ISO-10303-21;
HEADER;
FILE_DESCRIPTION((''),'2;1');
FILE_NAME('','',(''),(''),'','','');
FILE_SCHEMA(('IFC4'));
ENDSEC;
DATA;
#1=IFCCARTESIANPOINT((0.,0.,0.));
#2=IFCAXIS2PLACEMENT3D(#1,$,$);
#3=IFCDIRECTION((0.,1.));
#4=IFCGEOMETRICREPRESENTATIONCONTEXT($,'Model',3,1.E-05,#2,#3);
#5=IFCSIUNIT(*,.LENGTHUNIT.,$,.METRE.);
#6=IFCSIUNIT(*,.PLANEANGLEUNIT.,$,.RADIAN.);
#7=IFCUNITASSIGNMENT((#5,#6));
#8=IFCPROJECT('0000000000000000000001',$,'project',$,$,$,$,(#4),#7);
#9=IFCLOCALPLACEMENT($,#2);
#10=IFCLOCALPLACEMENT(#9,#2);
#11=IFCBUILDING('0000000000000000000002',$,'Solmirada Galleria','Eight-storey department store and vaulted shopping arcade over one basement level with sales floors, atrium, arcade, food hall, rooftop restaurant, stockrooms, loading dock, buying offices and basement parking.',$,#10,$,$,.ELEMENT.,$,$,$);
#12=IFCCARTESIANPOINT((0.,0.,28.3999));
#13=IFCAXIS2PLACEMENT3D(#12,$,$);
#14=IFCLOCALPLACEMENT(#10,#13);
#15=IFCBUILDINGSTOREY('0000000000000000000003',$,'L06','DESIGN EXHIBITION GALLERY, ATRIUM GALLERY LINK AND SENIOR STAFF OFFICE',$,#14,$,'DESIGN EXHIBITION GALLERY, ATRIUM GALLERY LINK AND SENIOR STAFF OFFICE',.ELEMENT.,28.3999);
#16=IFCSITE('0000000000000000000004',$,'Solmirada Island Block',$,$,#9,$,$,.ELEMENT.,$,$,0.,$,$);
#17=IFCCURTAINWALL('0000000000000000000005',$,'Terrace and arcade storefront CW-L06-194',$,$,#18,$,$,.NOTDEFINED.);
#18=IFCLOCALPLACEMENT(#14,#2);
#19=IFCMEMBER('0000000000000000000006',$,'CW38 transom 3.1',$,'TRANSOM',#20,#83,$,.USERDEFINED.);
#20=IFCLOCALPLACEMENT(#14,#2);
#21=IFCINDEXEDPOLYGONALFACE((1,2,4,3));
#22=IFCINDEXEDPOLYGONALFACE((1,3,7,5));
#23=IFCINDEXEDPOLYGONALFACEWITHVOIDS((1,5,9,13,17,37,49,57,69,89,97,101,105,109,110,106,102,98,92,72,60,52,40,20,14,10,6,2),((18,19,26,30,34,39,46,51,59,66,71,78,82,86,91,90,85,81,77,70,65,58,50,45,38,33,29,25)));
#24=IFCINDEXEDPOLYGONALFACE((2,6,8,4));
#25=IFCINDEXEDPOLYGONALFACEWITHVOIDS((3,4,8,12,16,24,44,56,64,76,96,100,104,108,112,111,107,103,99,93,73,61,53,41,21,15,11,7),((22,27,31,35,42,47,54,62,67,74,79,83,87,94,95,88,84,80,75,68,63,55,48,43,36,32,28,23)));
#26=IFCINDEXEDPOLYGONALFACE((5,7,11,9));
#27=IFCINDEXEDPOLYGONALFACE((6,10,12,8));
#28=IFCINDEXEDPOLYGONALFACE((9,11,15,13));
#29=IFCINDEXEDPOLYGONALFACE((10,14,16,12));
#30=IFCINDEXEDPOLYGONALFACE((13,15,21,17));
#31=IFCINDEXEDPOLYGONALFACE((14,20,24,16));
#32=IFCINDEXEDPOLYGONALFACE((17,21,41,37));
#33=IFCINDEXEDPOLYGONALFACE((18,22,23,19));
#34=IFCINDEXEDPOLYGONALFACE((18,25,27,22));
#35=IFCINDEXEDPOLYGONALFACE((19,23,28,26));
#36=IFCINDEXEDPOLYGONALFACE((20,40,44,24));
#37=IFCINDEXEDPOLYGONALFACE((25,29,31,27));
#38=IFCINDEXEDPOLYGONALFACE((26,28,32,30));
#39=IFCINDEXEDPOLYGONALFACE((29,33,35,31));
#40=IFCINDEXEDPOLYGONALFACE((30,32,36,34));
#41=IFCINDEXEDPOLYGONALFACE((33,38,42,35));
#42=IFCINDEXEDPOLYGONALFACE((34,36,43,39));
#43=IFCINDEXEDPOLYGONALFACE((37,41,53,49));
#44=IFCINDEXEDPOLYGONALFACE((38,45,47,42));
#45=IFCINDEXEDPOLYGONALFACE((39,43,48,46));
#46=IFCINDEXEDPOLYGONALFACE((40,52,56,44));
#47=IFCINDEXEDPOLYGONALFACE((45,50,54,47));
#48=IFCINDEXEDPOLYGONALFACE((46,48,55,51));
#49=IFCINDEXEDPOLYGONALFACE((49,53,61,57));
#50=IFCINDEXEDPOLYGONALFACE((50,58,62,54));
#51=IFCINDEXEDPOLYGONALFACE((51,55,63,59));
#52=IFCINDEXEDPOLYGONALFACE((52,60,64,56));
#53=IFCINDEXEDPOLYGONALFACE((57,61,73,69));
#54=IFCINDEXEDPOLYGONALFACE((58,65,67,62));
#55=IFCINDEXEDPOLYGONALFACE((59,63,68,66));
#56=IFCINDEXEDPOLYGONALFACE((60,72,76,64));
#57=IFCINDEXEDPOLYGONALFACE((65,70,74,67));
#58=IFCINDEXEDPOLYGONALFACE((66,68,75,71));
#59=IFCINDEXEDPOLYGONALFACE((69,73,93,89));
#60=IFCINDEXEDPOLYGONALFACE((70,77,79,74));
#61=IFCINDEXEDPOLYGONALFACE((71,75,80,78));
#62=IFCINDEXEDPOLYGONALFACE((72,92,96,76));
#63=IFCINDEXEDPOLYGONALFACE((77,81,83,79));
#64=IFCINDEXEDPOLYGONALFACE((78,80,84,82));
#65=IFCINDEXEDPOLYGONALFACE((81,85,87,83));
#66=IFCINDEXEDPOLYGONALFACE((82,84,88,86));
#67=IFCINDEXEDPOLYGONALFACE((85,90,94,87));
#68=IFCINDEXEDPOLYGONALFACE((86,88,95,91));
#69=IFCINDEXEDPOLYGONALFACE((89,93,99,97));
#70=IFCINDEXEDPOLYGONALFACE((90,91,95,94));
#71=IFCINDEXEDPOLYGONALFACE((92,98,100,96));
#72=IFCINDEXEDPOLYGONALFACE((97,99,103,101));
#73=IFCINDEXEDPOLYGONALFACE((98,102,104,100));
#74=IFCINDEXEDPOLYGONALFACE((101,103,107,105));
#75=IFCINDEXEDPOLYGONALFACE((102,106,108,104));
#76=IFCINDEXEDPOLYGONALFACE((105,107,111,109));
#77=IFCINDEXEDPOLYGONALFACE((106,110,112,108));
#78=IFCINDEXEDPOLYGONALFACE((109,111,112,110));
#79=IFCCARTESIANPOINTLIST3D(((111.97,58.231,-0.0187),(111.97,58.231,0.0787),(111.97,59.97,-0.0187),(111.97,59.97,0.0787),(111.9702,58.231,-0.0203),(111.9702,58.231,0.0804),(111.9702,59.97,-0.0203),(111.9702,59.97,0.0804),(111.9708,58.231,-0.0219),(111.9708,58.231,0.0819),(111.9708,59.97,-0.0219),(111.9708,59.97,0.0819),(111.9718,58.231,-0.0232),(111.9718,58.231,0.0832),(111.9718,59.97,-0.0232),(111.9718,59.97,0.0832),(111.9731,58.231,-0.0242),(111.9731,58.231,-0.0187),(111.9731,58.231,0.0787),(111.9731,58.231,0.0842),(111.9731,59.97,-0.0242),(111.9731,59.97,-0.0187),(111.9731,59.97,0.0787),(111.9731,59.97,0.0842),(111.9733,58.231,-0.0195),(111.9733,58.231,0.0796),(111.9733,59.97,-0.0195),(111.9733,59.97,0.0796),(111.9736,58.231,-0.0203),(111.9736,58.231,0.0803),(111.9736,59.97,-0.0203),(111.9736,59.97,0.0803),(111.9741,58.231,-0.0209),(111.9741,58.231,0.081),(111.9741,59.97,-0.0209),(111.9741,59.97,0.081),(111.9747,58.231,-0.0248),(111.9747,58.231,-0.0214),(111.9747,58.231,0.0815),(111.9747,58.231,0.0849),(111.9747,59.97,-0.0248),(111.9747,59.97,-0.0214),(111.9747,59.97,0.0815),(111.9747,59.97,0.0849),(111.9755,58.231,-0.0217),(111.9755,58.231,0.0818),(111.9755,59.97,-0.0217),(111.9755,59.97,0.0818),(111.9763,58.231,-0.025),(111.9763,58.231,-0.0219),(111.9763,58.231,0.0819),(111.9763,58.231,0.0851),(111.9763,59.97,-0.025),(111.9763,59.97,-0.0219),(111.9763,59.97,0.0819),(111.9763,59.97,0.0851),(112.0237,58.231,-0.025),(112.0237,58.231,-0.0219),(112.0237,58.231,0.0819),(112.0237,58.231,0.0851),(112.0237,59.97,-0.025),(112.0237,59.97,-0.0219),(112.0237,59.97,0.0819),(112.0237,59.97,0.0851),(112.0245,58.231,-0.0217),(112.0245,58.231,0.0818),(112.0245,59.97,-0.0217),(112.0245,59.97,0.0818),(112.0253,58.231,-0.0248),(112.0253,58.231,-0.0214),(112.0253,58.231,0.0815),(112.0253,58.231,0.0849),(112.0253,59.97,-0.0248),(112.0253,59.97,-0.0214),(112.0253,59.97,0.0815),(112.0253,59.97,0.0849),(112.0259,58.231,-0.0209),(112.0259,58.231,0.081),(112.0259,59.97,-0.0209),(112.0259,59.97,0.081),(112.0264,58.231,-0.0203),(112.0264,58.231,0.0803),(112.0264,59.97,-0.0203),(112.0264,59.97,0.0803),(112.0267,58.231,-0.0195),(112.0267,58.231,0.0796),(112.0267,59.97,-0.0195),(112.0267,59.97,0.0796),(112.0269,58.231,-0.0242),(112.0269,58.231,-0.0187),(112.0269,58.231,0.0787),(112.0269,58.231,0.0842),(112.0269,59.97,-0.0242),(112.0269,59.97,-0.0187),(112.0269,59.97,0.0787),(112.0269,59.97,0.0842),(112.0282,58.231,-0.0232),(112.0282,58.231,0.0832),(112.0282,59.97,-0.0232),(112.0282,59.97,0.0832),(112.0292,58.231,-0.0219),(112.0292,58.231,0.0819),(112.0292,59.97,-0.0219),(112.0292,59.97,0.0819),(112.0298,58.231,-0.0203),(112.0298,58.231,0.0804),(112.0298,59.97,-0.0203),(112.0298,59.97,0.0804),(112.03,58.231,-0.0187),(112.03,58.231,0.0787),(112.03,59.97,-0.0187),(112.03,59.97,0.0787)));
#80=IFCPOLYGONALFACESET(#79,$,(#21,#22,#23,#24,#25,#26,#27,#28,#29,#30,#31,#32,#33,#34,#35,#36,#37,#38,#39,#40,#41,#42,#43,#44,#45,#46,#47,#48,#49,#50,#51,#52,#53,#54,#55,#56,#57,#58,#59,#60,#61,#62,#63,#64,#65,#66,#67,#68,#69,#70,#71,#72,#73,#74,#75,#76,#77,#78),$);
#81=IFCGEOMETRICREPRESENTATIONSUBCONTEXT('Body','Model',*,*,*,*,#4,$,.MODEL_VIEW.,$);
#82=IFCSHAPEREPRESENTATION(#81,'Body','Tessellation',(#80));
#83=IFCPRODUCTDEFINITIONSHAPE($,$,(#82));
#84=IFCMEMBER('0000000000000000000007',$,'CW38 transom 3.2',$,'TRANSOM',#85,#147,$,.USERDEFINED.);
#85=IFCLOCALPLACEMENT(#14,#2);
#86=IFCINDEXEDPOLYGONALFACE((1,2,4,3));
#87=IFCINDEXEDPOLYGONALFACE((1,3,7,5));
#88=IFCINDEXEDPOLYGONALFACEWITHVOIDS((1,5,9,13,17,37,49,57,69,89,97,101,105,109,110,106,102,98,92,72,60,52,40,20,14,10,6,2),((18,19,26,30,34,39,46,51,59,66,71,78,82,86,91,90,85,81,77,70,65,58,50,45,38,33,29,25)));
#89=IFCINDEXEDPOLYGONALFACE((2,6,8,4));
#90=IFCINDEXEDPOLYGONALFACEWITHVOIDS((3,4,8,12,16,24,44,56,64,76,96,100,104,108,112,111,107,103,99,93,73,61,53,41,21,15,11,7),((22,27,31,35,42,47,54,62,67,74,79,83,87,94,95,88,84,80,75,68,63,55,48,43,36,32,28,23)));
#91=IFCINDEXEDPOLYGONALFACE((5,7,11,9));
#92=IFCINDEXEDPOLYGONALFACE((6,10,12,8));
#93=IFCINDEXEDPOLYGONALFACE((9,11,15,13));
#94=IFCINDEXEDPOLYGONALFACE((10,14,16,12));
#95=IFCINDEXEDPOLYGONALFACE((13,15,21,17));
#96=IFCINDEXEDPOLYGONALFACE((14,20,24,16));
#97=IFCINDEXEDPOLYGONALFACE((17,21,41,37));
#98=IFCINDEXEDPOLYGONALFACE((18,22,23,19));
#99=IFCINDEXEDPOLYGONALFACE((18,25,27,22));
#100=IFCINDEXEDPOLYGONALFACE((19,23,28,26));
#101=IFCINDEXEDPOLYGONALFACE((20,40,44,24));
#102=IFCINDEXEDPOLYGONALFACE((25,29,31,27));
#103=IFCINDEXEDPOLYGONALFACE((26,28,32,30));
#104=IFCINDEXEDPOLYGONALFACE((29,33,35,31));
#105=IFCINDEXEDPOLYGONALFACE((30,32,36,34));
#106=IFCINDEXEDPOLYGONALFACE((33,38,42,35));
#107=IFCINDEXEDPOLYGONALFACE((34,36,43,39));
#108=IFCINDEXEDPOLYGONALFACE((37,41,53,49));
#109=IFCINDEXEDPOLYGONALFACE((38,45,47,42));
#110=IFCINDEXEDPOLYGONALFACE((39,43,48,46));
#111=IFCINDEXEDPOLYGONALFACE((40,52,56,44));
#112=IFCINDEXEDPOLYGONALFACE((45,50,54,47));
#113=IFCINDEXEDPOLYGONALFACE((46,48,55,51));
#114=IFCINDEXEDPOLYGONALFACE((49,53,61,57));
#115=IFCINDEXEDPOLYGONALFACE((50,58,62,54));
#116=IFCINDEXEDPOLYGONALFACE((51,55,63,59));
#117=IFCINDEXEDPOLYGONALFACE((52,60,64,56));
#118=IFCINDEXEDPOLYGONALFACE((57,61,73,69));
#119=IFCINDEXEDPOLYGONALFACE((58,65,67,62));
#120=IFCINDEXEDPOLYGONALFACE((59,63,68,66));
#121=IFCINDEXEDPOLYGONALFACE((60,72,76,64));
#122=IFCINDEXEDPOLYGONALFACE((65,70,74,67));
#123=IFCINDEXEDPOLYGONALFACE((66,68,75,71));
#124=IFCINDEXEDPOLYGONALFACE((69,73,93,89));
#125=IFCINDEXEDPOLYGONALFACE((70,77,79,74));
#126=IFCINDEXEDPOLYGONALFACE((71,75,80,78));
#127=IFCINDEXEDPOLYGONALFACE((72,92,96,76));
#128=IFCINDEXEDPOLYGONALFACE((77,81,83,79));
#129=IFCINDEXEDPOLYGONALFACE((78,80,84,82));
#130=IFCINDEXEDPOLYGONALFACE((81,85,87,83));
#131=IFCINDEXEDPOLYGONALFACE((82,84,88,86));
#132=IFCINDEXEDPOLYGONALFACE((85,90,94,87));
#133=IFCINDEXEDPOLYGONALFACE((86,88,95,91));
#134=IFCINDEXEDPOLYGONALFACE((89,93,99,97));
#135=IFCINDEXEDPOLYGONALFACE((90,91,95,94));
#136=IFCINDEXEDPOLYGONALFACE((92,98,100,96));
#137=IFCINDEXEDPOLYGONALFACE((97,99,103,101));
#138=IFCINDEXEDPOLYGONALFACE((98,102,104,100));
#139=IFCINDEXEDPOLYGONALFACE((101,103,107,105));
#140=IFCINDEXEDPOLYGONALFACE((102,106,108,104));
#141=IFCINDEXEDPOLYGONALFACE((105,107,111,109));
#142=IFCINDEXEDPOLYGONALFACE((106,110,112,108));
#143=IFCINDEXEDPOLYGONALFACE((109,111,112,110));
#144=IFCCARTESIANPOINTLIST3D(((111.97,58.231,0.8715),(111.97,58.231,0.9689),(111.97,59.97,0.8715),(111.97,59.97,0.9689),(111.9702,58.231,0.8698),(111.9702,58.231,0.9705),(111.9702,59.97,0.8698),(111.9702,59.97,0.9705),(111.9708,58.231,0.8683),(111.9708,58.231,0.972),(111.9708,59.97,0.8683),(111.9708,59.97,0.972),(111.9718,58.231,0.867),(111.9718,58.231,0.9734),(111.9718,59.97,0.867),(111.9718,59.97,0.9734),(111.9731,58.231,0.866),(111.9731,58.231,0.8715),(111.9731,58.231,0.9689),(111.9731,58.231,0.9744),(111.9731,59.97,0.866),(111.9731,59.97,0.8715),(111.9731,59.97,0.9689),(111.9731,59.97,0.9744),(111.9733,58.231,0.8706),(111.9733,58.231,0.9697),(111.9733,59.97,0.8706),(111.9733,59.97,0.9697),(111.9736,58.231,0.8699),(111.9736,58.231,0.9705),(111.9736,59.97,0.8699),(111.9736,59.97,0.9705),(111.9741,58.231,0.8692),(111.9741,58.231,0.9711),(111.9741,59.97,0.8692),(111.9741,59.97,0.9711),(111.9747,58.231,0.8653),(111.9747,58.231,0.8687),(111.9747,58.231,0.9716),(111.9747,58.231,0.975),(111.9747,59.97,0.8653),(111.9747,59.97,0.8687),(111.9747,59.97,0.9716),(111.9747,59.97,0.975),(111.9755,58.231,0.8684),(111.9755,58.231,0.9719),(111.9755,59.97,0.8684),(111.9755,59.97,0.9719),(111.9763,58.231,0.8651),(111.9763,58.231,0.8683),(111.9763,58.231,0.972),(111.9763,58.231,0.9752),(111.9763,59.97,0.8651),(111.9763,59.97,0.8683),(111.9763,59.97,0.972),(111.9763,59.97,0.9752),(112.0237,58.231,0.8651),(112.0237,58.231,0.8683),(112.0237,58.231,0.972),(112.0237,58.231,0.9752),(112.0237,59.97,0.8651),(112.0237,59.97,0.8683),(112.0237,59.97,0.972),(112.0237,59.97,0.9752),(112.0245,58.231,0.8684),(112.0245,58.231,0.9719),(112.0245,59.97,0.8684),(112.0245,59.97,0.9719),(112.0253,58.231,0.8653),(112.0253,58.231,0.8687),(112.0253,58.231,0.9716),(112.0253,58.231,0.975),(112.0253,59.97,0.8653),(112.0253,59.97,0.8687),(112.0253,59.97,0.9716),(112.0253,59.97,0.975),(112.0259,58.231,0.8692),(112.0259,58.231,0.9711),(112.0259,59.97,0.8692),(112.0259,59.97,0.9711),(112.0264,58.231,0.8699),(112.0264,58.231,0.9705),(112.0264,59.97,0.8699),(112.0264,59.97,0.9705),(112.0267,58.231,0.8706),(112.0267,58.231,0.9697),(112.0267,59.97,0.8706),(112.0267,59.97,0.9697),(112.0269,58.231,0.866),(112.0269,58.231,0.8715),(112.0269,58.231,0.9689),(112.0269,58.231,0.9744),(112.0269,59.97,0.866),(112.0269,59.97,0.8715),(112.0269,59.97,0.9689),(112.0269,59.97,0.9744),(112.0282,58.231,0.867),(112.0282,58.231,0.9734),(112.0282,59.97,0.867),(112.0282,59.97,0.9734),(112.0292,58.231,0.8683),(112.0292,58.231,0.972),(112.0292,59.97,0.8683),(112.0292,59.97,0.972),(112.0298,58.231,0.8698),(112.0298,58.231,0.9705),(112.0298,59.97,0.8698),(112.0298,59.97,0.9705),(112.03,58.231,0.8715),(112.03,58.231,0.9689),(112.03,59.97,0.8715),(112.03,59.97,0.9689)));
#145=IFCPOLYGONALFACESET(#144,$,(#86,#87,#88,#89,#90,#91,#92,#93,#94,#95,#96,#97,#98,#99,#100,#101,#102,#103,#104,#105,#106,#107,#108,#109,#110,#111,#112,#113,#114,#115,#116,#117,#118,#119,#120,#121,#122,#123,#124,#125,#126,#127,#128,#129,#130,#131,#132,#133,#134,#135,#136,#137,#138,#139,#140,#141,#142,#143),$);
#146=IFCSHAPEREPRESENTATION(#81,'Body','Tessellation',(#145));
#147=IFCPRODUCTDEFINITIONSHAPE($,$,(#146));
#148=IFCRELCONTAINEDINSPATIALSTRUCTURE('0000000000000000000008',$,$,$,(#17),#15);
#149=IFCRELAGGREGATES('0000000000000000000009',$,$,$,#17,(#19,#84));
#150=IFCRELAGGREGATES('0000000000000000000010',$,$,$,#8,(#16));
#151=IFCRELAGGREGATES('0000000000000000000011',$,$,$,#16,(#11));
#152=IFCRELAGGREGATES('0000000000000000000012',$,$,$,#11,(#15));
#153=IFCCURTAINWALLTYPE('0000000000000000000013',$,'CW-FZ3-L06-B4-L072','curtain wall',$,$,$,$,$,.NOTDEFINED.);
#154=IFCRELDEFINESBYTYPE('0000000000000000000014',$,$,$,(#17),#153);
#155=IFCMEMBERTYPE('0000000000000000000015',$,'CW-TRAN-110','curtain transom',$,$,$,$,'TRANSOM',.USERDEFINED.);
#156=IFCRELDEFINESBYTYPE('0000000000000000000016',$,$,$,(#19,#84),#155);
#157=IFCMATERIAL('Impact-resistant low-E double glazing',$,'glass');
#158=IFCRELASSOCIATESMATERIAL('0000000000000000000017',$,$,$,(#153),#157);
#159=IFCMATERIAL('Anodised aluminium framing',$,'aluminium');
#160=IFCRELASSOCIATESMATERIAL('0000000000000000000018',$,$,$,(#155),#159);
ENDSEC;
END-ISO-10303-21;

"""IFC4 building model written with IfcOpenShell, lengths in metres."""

from ifc_helpers import new_model, si_unit, direction, frame, origin, origin_2d, place, context, subcontext, project, spatial, hollow_rectangle, extrude, material, material_profile, profile_set, type_object, element, aggregate, save


model = new_model("IFC4")

# Units and contexts
model_context = context("Model", 3, precision=1e-05, world=origin(), true_north=direction((0.0, 1.0)))
body_context = subcontext(model_context, "Body", "Model", "MODEL_VIEW")
ifc_project = project(units=[si_unit("LENGTHUNIT", "METRE"), si_unit("PLANEANGLEUNIT", "RADIAN")], contexts=[model_context])

# Site, building, storey
site_placement = place(None, origin())
site = spatial("IfcSite", under=ifc_project, at=site_placement, Name="Solmirada Island Block", CompositionType="ELEMENT", RefElevation=0.0)
building_placement = place(site_placement, origin())
building = spatial("IfcBuilding", under=site, at=building_placement, Name="Solmirada Galleria", Description="Eight-storey department store and vaulted shopping arcade over one basement level with sales floors, atrium, arcade, food hall, rooftop restaurant, stockrooms, loading dock, buying offices and basement parking.", CompositionType="ELEMENT")
storey_placement = place(building_placement, frame((0.0, 0.0, 28.3999)))
storey = spatial("IfcBuildingStorey", under=building, at=storey_placement, Name="L06", Description="DESIGN EXHIBITION GALLERY, ATRIUM GALLERY LINK AND SENIOR STAFF OFFICE", LongName="DESIGN EXHIBITION GALLERY, ATRIUM GALLERY LINK AND SENIOR STAFF OFFICE", CompositionType="ELEMENT", Elevation=28.3999)

# Curtain wall
ifc_material_1 = material(Name="Impact-resistant low-E double glazing", Category="glass")
curtain_wall_type = type_object("IfcCurtainWallType", Name="CW-FZ3-L06-B4-L072", Description="curtain wall", PredefinedType="NOTDEFINED", material=ifc_material_1)
curtain_wall_1_placement = place(storey_placement, origin())
curtain_wall_1 = element("IfcCurtainWall", 1, at=curtain_wall_1_placement, inside=storey, type_object=curtain_wall_type, Name="Terrace and arcade storefront CW-L06-194", PredefinedType="NOTDEFINED")
ifc_material_2 = material(Name="Anodised aluminium framing", Category="aluminium")

# Members
ifc_material_profile_1 = material_profile(ifc_material_2, hollow_rectangle(XDim=0.0601, YDim=0.1101, WallThickness=0.0032, InnerFilletRadius=0.0032, OuterFilletRadius=0.0063, at=origin_2d()), Name="ALU-TRAN-110X60")
ifc_profile_set_1 = profile_set([ifc_material_profile_1], Name="Anodised aluminium framing")
member_type_1 = type_object("IfcMemberType", Name="CW-TRAN-110", Description="curtain transom", ElementType="TRANSOM", PredefinedType="USERDEFINED", material=ifc_profile_set_1)
member_1_placement = place(storey_placement, frame((112.0, 59.97, 0.03), z_axis=(0.0, -1.0, 0.0), x_axis=(1.0, 0.0, 0.0)))
member_1 = element("IfcMember", 2, at=member_1_placement, type_object=member_type_1, Name="CW38 transom 3.1", ObjectType="TRANSOM", PredefinedType="USERDEFINED", context=body_context, shape_type="SweptSolid", body=[
    extrude(hollow_rectangle(XDim=0.0601, YDim=0.1101, WallThickness=0.0032, InnerFilletRadius=0.0032, OuterFilletRadius=0.0063, at=origin_2d()), origin(), (0.0, 0.0, 1.0), 1.739),
])
member_2_placement = place(storey_placement, frame((112.0, 59.97, 0.9202), z_axis=(0.0, -1.0, 0.0), x_axis=(1.0, 0.0, 0.0)))
member_2 = element("IfcMember", 3, at=member_2_placement, type_object=member_type_1, Name="CW38 transom 3.2", ObjectType="TRANSOM", PredefinedType="USERDEFINED", context=body_context, shape_type="SweptSolid", body=[
    extrude(hollow_rectangle(XDim=0.0601, YDim=0.1101, WallThickness=0.0032, InnerFilletRadius=0.0032, OuterFilletRadius=0.0063, at=origin_2d()), origin(), (0.0, 0.0, 1.0), 1.739),
])

aggregate(curtain_wall_1, [member_1, member_2])

save(model, "model.ifc")
